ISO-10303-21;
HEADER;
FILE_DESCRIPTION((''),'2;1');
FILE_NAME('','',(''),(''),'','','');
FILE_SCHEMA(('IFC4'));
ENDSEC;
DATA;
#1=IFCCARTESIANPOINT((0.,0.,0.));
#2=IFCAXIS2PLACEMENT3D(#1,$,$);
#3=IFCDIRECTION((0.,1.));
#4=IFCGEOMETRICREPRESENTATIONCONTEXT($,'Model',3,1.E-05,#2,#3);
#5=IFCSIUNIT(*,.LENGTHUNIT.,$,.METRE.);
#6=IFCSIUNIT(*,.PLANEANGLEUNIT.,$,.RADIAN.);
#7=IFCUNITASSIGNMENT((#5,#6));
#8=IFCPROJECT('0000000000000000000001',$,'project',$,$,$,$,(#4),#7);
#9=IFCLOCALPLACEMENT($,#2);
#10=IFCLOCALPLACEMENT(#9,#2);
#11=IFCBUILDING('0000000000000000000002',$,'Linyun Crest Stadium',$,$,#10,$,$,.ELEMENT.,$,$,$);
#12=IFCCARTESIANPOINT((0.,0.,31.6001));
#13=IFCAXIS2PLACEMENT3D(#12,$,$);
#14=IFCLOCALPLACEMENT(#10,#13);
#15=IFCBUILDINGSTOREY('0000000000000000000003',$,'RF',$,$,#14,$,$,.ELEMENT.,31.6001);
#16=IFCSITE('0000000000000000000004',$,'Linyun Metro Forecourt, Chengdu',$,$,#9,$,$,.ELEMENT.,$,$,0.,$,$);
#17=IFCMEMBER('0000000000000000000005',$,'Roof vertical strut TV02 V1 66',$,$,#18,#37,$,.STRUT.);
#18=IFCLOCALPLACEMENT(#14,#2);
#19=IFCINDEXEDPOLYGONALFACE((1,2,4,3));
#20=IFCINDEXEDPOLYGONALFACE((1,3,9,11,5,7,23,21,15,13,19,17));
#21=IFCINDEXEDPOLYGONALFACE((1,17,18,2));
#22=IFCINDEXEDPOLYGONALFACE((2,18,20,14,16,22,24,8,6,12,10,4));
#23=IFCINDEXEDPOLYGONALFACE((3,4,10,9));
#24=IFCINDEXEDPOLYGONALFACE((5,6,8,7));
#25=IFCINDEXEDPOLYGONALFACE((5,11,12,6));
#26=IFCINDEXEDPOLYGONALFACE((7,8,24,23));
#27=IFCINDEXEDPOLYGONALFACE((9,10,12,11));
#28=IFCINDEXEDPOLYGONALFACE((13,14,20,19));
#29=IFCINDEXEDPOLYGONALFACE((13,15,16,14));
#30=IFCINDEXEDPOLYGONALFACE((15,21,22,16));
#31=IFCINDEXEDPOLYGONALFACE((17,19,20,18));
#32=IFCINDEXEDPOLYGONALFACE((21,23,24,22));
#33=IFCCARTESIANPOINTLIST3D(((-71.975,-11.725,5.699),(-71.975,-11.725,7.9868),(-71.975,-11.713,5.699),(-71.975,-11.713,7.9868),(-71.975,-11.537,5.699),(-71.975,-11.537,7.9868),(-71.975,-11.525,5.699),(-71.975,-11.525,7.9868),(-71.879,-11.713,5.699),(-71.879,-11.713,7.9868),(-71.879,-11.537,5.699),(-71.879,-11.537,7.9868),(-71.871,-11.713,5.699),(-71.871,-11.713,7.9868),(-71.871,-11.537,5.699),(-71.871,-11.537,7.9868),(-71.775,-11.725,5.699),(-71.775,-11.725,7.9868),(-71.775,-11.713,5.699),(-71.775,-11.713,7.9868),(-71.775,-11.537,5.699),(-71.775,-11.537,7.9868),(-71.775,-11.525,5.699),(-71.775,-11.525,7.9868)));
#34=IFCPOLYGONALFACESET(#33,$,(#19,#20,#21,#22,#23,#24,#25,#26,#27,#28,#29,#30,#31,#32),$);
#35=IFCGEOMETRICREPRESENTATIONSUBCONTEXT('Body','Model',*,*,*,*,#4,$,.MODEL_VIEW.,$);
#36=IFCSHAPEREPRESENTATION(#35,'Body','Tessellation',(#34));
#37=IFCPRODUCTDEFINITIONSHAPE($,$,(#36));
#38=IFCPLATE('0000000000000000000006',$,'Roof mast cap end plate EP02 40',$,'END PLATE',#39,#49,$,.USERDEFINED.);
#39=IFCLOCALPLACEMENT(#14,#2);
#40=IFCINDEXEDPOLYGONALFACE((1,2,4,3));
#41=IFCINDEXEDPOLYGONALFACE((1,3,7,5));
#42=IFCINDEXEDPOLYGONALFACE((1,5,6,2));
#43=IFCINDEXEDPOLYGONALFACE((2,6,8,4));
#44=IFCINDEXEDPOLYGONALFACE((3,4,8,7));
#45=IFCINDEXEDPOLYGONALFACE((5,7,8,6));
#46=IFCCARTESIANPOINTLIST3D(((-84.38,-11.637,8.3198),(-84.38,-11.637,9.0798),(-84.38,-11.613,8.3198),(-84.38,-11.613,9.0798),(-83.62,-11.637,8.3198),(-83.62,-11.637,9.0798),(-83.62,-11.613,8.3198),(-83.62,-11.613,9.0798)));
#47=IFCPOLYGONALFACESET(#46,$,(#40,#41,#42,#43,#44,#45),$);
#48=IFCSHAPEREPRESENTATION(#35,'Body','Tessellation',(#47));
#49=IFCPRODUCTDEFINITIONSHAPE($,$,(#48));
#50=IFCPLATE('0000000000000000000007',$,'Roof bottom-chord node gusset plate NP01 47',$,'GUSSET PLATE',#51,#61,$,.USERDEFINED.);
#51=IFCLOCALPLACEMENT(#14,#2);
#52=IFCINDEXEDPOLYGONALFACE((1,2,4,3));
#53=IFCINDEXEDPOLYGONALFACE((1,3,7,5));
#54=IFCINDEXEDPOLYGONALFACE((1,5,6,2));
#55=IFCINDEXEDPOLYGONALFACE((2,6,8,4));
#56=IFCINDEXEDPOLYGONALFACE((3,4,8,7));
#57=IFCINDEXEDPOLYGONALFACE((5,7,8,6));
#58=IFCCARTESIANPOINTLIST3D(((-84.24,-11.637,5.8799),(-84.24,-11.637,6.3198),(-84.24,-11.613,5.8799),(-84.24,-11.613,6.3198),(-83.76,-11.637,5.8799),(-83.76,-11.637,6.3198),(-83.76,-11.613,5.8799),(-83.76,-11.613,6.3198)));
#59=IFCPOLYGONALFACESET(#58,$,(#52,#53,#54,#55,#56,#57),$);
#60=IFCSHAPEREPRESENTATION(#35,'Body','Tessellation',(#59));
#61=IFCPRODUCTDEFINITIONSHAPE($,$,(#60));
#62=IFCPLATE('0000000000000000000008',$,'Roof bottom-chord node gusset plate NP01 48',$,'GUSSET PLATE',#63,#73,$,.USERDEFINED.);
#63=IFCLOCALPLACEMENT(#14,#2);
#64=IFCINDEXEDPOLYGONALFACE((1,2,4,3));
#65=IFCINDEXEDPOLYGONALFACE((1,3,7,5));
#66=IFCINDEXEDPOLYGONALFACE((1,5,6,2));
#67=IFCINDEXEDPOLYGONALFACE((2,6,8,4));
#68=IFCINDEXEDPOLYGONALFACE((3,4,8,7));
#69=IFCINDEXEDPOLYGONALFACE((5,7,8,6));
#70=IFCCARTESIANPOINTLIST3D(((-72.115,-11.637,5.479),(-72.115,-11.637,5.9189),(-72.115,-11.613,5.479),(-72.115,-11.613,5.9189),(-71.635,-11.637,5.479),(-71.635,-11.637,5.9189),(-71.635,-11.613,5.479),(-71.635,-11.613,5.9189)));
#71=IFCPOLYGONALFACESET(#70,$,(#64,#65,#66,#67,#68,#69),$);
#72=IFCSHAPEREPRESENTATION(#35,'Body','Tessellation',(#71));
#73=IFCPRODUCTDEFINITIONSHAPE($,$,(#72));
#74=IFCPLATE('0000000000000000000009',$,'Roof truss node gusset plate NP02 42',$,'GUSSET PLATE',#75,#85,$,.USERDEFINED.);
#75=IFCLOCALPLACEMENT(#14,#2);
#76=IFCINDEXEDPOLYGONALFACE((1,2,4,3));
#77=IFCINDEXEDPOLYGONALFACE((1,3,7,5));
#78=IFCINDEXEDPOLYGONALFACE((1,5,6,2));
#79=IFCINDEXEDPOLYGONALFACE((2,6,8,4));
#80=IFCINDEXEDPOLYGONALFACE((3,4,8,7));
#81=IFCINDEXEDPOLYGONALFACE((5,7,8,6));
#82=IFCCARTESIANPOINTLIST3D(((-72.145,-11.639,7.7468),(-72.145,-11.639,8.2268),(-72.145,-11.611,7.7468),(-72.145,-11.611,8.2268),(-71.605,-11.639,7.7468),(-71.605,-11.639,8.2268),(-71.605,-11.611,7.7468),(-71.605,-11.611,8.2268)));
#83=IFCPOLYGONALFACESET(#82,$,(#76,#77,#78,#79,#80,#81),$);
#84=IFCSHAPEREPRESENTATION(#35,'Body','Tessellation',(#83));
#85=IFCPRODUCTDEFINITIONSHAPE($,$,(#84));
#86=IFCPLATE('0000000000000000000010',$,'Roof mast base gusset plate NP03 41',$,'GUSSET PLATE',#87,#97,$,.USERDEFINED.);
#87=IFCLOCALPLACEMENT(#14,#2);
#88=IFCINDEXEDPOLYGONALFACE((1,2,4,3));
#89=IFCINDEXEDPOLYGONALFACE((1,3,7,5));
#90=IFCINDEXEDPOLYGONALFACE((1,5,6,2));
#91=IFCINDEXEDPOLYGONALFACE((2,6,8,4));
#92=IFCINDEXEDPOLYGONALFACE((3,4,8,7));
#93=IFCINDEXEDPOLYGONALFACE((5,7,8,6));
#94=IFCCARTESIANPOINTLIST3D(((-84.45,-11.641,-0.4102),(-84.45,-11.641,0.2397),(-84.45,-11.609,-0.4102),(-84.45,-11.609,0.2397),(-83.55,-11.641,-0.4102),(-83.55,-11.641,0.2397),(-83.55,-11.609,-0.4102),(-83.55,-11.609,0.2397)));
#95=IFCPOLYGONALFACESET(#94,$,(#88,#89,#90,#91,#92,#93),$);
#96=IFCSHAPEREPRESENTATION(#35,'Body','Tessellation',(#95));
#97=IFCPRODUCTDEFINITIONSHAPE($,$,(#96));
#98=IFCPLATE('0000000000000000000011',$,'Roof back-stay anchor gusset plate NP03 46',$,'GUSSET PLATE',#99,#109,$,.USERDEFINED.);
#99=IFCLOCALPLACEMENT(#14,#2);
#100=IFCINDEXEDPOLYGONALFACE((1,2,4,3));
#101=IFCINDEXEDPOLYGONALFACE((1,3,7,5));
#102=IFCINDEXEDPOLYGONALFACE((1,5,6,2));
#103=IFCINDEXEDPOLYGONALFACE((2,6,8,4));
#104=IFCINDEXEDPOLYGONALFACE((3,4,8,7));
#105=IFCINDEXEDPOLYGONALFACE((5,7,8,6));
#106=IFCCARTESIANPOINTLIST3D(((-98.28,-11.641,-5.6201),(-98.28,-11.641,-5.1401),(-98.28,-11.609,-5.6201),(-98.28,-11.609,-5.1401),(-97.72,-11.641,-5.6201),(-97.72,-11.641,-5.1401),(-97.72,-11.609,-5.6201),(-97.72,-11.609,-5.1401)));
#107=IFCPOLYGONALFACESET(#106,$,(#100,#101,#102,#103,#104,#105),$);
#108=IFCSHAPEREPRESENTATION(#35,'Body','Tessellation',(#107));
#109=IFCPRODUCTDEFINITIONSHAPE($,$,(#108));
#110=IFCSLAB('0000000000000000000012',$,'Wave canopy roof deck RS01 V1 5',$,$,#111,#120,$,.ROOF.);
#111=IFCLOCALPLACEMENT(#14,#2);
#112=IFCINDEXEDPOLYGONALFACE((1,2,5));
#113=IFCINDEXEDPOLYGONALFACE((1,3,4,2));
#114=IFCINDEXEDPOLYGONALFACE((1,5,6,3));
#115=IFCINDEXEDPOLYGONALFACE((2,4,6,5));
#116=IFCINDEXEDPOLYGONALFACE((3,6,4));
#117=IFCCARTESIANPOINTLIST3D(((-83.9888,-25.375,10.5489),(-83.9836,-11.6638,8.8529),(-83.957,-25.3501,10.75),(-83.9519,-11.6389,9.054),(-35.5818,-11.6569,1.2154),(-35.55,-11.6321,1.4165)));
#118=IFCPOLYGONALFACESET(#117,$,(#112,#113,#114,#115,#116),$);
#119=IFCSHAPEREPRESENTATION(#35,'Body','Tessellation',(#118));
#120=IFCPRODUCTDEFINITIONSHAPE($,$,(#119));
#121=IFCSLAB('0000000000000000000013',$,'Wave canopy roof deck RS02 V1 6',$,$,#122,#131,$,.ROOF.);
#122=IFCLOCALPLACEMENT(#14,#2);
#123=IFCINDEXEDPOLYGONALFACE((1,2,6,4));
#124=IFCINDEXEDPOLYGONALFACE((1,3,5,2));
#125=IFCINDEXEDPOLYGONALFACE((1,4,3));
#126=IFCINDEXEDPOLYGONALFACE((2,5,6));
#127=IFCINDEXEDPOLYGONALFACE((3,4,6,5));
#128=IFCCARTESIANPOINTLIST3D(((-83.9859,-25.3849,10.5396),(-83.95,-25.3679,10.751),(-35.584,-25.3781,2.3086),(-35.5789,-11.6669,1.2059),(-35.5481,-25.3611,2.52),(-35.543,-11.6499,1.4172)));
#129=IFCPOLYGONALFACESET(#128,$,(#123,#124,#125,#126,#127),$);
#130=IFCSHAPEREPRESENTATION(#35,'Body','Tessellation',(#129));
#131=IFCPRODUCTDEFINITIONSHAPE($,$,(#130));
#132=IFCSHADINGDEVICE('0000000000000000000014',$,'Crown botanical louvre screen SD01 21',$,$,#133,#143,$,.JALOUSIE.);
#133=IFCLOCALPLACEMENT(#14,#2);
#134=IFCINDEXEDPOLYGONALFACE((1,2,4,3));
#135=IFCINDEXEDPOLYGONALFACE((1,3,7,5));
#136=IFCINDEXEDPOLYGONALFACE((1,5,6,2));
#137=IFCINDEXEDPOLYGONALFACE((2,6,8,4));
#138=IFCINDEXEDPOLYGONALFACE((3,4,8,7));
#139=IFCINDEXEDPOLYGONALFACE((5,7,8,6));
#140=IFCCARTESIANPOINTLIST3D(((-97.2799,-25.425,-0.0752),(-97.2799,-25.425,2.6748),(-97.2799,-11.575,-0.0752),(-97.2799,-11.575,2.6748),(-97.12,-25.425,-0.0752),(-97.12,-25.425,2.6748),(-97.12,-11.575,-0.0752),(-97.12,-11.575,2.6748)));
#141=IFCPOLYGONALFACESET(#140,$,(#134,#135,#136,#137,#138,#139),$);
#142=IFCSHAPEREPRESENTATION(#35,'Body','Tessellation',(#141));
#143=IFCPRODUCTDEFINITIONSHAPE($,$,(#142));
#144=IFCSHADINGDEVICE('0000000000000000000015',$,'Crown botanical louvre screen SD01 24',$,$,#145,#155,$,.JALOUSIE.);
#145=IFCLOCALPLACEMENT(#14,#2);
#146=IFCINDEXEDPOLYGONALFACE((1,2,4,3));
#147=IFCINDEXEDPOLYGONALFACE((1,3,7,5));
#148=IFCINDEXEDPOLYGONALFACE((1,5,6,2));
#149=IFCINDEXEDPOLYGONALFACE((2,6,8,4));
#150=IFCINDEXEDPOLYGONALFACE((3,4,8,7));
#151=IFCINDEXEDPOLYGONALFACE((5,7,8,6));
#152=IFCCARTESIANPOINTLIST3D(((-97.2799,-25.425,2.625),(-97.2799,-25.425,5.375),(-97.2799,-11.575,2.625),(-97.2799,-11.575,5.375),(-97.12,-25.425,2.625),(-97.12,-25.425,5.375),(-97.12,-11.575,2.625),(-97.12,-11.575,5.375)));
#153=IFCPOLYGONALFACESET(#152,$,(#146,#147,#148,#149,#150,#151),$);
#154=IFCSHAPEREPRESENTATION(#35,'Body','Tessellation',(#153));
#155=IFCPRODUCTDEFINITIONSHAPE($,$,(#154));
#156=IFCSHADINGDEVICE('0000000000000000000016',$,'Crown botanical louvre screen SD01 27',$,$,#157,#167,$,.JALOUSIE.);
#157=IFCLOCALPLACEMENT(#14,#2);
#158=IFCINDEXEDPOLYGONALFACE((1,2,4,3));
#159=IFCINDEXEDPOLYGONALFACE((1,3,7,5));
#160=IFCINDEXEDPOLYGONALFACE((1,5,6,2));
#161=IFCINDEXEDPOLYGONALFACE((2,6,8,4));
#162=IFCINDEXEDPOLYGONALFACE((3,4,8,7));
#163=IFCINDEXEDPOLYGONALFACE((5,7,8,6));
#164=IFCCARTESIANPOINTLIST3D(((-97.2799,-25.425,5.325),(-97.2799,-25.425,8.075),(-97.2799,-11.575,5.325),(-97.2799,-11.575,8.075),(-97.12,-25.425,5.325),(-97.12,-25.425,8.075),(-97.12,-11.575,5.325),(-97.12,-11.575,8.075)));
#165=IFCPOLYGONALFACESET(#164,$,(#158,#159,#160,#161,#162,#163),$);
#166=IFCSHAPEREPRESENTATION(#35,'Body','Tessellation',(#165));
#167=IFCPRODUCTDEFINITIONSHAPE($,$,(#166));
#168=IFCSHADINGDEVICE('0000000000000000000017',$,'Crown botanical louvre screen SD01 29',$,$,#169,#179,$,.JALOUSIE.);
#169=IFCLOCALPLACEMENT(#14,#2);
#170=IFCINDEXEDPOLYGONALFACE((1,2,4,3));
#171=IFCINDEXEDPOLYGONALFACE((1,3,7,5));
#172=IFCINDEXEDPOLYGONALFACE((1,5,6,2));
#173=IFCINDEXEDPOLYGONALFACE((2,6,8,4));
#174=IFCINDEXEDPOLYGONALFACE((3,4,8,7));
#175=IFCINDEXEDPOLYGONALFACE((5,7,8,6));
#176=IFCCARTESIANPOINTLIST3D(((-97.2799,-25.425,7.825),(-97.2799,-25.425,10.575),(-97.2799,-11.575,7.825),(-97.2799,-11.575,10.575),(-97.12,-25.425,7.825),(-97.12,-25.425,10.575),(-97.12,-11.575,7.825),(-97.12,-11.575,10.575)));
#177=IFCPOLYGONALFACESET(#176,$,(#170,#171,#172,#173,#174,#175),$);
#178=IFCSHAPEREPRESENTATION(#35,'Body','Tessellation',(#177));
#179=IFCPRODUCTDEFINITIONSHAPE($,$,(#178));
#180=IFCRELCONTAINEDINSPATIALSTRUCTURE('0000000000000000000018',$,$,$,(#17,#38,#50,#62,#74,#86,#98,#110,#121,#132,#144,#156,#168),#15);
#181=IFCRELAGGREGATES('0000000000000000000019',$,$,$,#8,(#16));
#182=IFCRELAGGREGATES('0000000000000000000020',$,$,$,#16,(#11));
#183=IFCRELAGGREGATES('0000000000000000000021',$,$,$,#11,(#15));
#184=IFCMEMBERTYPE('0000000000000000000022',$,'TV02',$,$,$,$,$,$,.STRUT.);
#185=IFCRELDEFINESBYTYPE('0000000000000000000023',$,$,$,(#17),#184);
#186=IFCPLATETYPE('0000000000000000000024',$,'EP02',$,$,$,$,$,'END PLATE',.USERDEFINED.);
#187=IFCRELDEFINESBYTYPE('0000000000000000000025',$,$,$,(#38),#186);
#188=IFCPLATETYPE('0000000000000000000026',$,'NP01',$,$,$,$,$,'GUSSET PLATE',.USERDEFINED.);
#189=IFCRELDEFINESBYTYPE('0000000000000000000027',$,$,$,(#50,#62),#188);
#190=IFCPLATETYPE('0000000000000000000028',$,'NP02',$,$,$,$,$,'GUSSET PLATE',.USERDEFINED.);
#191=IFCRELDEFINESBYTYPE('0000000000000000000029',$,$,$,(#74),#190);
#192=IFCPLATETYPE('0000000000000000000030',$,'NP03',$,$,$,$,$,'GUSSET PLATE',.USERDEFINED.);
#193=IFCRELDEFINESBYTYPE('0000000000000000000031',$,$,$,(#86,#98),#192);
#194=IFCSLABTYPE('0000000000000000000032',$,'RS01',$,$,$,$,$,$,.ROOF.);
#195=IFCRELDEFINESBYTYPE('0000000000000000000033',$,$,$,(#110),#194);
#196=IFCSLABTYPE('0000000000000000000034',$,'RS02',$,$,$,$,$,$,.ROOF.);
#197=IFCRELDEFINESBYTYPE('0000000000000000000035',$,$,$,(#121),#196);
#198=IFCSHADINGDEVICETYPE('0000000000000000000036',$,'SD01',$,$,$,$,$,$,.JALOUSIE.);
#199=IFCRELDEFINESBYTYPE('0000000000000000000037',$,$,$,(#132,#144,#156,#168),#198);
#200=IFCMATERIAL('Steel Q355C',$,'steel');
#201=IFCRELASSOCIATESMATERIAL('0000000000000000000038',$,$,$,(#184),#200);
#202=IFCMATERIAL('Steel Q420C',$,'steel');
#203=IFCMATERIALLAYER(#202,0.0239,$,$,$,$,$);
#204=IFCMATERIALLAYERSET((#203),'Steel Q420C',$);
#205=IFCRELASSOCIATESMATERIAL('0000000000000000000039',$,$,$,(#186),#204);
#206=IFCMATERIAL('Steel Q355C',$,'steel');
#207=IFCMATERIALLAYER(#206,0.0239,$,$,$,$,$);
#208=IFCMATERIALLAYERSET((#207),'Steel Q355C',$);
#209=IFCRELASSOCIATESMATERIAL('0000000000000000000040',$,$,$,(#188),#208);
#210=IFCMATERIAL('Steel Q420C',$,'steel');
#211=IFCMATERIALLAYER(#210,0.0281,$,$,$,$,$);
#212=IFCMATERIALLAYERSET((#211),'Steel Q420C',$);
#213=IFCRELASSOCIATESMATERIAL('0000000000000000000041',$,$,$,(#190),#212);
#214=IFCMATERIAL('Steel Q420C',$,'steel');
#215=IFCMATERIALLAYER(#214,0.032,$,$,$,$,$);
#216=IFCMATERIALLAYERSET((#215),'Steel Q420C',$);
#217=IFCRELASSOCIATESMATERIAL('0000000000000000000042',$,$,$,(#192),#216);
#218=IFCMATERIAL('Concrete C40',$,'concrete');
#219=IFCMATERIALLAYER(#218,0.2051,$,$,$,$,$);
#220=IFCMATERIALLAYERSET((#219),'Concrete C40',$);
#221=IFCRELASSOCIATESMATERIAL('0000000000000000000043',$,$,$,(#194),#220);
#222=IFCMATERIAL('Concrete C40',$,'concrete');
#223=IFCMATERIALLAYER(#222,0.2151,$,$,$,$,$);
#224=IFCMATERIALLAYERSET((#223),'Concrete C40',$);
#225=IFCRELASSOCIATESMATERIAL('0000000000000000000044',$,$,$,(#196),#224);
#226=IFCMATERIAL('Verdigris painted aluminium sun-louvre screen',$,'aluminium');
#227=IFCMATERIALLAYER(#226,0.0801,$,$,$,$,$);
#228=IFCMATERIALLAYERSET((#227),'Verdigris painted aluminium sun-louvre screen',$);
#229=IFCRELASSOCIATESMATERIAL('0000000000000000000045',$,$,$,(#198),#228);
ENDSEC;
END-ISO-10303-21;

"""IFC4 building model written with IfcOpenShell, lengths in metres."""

from ifc_helpers import new_model, si_unit, direction, frame, origin, origin_2d, place, context, subcontext, project, spatial, polyline, rectangle, i_section, outline, extrude, material, layer, layer_set, material_profile, profile_set, type_object, element, save


model = new_model("IFC4")

# Units and contexts
model_context = context("Model", 3, precision=1e-05, world=origin(), true_north=direction((0.0, 1.0)))
body_context = subcontext(model_context, "Body", "Model", "MODEL_VIEW")
ifc_project = project(units=[si_unit("LENGTHUNIT", "METRE"), si_unit("PLANEANGLEUNIT", "RADIAN")], contexts=[model_context])

# Site, building, storey
site_placement = place(None, origin())
site = spatial("IfcSite", under=ifc_project, at=site_placement, Name="Linyun Metro Forecourt, Chengdu", CompositionType="ELEMENT", RefElevation=0.0)
building_placement = place(site_placement, origin())
building = spatial("IfcBuilding", under=site, at=building_placement, Name="Linyun Crest Stadium", CompositionType="ELEMENT")
storey_placement = place(building_placement, frame((0.0, 0.0, 31.6001)))
storey = spatial("IfcBuildingStorey", under=building, at=storey_placement, Name="RF", CompositionType="ELEMENT", Elevation=31.6001)

# Member
ifc_material_1 = material(Name="Steel Q355C", Category="steel")
ifc_material_profile_1 = material_profile(ifc_material_1, i_section(OverallWidth=0.2, OverallDepth=0.2, WebThickness=0.0081, FlangeThickness=0.012, at=origin_2d()), Name="HW 200x200")
ifc_profile_set_1 = profile_set([ifc_material_profile_1], Name="Steel Q355C")
member_type_1 = type_object("IfcMemberType", Name="TV02", PredefinedType="STRUT", material=ifc_profile_set_1)
member_1_placement = place(storey_placement, frame((-71.875, -11.625, 5.699), z_axis=(0.0, 0.0, 1.0), x_axis=(1.0, 0.0, 0.0)))
element("IfcMember", 1, at=member_1_placement, inside=storey, type_object=member_type_1, Name="Roof vertical strut TV02 V1 66", PredefinedType="STRUT", context=body_context, shape_type="SweptSolid", body=[
    extrude(i_section(OverallWidth=0.2, OverallDepth=0.2, WebThickness=0.0081, FlangeThickness=0.012, at=origin_2d()), origin(), (0.0, 0.0, 1.0), 2.2878),
])

# Plates
ifc_material_2 = material(Name="Steel Q420C", Category="steel")
ifc_layer_1 = layer(ifc_material_2, 0.0239)
ifc_layer_set_1 = layer_set([ifc_layer_1], Name="Steel Q420C")
plate_type_1 = type_object("IfcPlateType", Name="EP02", ElementType="END PLATE", PredefinedType="USERDEFINED", material=ifc_layer_set_1)
plate_1_placement = place(storey_placement, frame((-84.0, -11.625, 8.3198), z_axis=(0.0, 0.0, 1.0), x_axis=(1.0, 0.0, 0.0)))
element("IfcPlate", 2, at=plate_1_placement, inside=storey, type_object=plate_type_1, Name="Roof mast cap end plate EP02 40", ObjectType="END PLATE", PredefinedType="USERDEFINED", context=body_context, shape_type="SweptSolid", body=[
    extrude(rectangle(XDim=0.76, YDim=0.0239, at=origin_2d()), origin(), (0.0, 0.0, 1.0), 0.76),
])
ifc_material_3 = material(Name="Steel Q355C", Category="steel")
ifc_layer_2 = layer(ifc_material_3, 0.0239)
ifc_layer_set_2 = layer_set([ifc_layer_2], Name="Steel Q355C")
plate_type_2 = type_object("IfcPlateType", Name="NP01", ElementType="GUSSET PLATE", PredefinedType="USERDEFINED", material=ifc_layer_set_2)
for number, where, z_axis, x_axis, name in (
    (3, (-84.0, -11.625, 5.8799), (0.0, 0.0, 1.0), (1.0, 0.0, 0.0), "Roof bottom-chord node gusset plate NP01 47"),
    (4, (-71.875, -11.625, 5.479), (0.0, 0.0, 1.0), (1.0, 0.0, 0.0), "Roof bottom-chord node gusset plate NP01 48"),
):
    element("IfcPlate", number, at=place(storey_placement, frame(where, z_axis=z_axis, x_axis=x_axis)), inside=storey, type_object=plate_type_2, Name=name, ObjectType="GUSSET PLATE", PredefinedType="USERDEFINED", context=body_context, shape_type="SweptSolid", body=[
        extrude(rectangle(XDim=0.48, YDim=0.0239, at=origin_2d()), origin(), (0.0, 0.0, 1.0), 0.4399),
    ])
ifc_material_4 = material(Name="Steel Q420C", Category="steel")
ifc_layer_3 = layer(ifc_material_4, 0.0281)
ifc_layer_set_3 = layer_set([ifc_layer_3], Name="Steel Q420C")
plate_type_3 = type_object("IfcPlateType", Name="NP02", ElementType="GUSSET PLATE", PredefinedType="USERDEFINED", material=ifc_layer_set_3)
plate_2_placement = place(storey_placement, frame((-71.875, -11.625, 7.7468), z_axis=(0.0, 0.0, 1.0), x_axis=(1.0, 0.0, 0.0)))
element("IfcPlate", 5, at=plate_2_placement, inside=storey, type_object=plate_type_3, Name="Roof truss node gusset plate NP02 42", ObjectType="GUSSET PLATE", PredefinedType="USERDEFINED", context=body_context, shape_type="SweptSolid", body=[
    extrude(rectangle(XDim=0.54, YDim=0.0281, at=origin_2d()), origin(), (0.0, 0.0, 1.0), 0.48),
])
ifc_material_5 = material(Name="Steel Q420C", Category="steel")
ifc_layer_4 = layer(ifc_material_5, 0.032)
ifc_layer_set_4 = layer_set([ifc_layer_4], Name="Steel Q420C")
plate_type_4 = type_object("IfcPlateType", Name="NP03", ElementType="GUSSET PLATE", PredefinedType="USERDEFINED", material=ifc_layer_set_4)
plate_3_placement = place(storey_placement, frame((-84.0, -11.625, -0.4102), z_axis=(0.0, 0.0, 1.0), x_axis=(1.0, 0.0, 0.0)))
element("IfcPlate", 6, at=plate_3_placement, inside=storey, type_object=plate_type_4, Name="Roof mast base gusset plate NP03 41", ObjectType="GUSSET PLATE", PredefinedType="USERDEFINED", context=body_context, shape_type="SweptSolid", body=[
    extrude(rectangle(XDim=0.8999, YDim=0.032, at=origin_2d()), origin(), (0.0, 0.0, 1.0), 0.6499),
])
plate_4_placement = place(storey_placement, frame((-98.0, -11.625, -5.6201), z_axis=(0.0, 0.0, 1.0), x_axis=(1.0, 0.0, 0.0)))
element("IfcPlate", 7, at=plate_4_placement, inside=storey, type_object=plate_type_4, Name="Roof back-stay anchor gusset plate NP03 46", ObjectType="GUSSET PLATE", PredefinedType="USERDEFINED", context=body_context, shape_type="SweptSolid", body=[
    extrude(rectangle(XDim=0.5601, YDim=0.032, at=origin_2d()), origin(), (0.0, 0.0, 1.0), 0.48),
])

# Slabs
ifc_material_6 = material(Name="Concrete C40", Category="concrete")
ifc_layer_5 = layer(ifc_material_6, 0.2051)
ifc_layer_set_5 = layer_set([ifc_layer_5], Name="Concrete C40")
slab_type_1 = type_object("IfcSlabType", Name="RS01", PredefinedType="ROOF", material=ifc_layer_set_5)
slab_1_placement = place(storey_placement, frame((-83.957, -25.3501, 10.75), z_axis=(0.154698, 0.121227, 0.980496), x_axis=(0.000371, 0.992436, -0.122762)))
element("IfcSlab", 8, at=slab_1_placement, inside=storey, type_object=slab_type_1, Name="Wave canopy roof deck RS01 V1 5", PredefinedType="ROOF", context=body_context, shape_type="SweptSolid", body=[
    extrude(outline(polyline([(0.0, 0.0), (13.8157, 0.0), (14.778, -48.9913), (0.0, 0.0)])), origin(), (0.0, 0.0, -1.0), 0.2051),
])
ifc_material_7 = material(Name="Concrete C40", Category="concrete")
ifc_layer_6 = layer(ifc_material_7, 0.2151)
ifc_layer_set_6 = layer_set([ifc_layer_6], Name="Concrete C40")
slab_type_2 = type_object("IfcSlabType", Name="RS02", PredefinedType="ROOF", material=ifc_layer_set_6)
slab_2_placement = place(storey_placement, frame((-83.95, -25.3679, 10.751), z_axis=(0.167113, 0.078981, 0.982769), x_axis=(0.945973, 0.268078, -0.182401)))
element("IfcSlab", 9, at=slab_2_placement, inside=storey, type_object=slab_type_2, Name="Wave canopy roof deck RS02 V1 6", PredefinedType="ROOF", context=body_context, shape_type="SweptSolid", body=[
    extrude(outline(polyline([(0.0, 0.0), (51.1717, 0.0), (47.29, -13.1964), (0.0, 0.0)])), origin(), (0.0, 0.0, -1.0), 0.2151),
])

# Shading devices
ifc_material_8 = material(Name="Verdigris painted aluminium sun-louvre screen", Category="aluminium")
ifc_layer_7 = layer(ifc_material_8, 0.0801)
ifc_layer_set_7 = layer_set([ifc_layer_7], Name="Verdigris painted aluminium sun-louvre screen")
shading_device_type_1 = type_object("IfcShadingDeviceType", Name="SD01", PredefinedType="JALOUSIE", material=ifc_layer_set_7)
for number, where, z_axis, x_axis, name in (
    (10, (-97.2, -18.5, -0.0752), (0.0, 0.0, 1.0), (1.0, 0.0, 0.0), "Crown botanical louvre screen SD01 21"),
    (11, (-97.2, -18.5, 2.625), (0.0, 0.0, 1.0), (1.0, 0.0, 0.0), "Crown botanical louvre screen SD01 24"),
    (12, (-97.2, -18.5, 5.325), (0.0, 0.0, 1.0), (1.0, 0.0, 0.0), "Crown botanical louvre screen SD01 27"),
    (13, (-97.2, -18.5, 7.825), (0.0, 0.0, 1.0), (1.0, 0.0, 0.0), "Crown botanical louvre screen SD01 29"),
):
    element("IfcShadingDevice", number, at=place(storey_placement, frame(where, z_axis=z_axis, x_axis=x_axis)), inside=storey, type_object=shading_device_type_1, Name=name, PredefinedType="JALOUSIE", context=body_context, shape_type="SweptSolid", body=[
        extrude(rectangle(XDim=0.1599, YDim=13.8501, at=origin_2d()), origin(), (0.0, 0.0, 1.0), 2.75),
    ])

save(model, "model.ifc")
